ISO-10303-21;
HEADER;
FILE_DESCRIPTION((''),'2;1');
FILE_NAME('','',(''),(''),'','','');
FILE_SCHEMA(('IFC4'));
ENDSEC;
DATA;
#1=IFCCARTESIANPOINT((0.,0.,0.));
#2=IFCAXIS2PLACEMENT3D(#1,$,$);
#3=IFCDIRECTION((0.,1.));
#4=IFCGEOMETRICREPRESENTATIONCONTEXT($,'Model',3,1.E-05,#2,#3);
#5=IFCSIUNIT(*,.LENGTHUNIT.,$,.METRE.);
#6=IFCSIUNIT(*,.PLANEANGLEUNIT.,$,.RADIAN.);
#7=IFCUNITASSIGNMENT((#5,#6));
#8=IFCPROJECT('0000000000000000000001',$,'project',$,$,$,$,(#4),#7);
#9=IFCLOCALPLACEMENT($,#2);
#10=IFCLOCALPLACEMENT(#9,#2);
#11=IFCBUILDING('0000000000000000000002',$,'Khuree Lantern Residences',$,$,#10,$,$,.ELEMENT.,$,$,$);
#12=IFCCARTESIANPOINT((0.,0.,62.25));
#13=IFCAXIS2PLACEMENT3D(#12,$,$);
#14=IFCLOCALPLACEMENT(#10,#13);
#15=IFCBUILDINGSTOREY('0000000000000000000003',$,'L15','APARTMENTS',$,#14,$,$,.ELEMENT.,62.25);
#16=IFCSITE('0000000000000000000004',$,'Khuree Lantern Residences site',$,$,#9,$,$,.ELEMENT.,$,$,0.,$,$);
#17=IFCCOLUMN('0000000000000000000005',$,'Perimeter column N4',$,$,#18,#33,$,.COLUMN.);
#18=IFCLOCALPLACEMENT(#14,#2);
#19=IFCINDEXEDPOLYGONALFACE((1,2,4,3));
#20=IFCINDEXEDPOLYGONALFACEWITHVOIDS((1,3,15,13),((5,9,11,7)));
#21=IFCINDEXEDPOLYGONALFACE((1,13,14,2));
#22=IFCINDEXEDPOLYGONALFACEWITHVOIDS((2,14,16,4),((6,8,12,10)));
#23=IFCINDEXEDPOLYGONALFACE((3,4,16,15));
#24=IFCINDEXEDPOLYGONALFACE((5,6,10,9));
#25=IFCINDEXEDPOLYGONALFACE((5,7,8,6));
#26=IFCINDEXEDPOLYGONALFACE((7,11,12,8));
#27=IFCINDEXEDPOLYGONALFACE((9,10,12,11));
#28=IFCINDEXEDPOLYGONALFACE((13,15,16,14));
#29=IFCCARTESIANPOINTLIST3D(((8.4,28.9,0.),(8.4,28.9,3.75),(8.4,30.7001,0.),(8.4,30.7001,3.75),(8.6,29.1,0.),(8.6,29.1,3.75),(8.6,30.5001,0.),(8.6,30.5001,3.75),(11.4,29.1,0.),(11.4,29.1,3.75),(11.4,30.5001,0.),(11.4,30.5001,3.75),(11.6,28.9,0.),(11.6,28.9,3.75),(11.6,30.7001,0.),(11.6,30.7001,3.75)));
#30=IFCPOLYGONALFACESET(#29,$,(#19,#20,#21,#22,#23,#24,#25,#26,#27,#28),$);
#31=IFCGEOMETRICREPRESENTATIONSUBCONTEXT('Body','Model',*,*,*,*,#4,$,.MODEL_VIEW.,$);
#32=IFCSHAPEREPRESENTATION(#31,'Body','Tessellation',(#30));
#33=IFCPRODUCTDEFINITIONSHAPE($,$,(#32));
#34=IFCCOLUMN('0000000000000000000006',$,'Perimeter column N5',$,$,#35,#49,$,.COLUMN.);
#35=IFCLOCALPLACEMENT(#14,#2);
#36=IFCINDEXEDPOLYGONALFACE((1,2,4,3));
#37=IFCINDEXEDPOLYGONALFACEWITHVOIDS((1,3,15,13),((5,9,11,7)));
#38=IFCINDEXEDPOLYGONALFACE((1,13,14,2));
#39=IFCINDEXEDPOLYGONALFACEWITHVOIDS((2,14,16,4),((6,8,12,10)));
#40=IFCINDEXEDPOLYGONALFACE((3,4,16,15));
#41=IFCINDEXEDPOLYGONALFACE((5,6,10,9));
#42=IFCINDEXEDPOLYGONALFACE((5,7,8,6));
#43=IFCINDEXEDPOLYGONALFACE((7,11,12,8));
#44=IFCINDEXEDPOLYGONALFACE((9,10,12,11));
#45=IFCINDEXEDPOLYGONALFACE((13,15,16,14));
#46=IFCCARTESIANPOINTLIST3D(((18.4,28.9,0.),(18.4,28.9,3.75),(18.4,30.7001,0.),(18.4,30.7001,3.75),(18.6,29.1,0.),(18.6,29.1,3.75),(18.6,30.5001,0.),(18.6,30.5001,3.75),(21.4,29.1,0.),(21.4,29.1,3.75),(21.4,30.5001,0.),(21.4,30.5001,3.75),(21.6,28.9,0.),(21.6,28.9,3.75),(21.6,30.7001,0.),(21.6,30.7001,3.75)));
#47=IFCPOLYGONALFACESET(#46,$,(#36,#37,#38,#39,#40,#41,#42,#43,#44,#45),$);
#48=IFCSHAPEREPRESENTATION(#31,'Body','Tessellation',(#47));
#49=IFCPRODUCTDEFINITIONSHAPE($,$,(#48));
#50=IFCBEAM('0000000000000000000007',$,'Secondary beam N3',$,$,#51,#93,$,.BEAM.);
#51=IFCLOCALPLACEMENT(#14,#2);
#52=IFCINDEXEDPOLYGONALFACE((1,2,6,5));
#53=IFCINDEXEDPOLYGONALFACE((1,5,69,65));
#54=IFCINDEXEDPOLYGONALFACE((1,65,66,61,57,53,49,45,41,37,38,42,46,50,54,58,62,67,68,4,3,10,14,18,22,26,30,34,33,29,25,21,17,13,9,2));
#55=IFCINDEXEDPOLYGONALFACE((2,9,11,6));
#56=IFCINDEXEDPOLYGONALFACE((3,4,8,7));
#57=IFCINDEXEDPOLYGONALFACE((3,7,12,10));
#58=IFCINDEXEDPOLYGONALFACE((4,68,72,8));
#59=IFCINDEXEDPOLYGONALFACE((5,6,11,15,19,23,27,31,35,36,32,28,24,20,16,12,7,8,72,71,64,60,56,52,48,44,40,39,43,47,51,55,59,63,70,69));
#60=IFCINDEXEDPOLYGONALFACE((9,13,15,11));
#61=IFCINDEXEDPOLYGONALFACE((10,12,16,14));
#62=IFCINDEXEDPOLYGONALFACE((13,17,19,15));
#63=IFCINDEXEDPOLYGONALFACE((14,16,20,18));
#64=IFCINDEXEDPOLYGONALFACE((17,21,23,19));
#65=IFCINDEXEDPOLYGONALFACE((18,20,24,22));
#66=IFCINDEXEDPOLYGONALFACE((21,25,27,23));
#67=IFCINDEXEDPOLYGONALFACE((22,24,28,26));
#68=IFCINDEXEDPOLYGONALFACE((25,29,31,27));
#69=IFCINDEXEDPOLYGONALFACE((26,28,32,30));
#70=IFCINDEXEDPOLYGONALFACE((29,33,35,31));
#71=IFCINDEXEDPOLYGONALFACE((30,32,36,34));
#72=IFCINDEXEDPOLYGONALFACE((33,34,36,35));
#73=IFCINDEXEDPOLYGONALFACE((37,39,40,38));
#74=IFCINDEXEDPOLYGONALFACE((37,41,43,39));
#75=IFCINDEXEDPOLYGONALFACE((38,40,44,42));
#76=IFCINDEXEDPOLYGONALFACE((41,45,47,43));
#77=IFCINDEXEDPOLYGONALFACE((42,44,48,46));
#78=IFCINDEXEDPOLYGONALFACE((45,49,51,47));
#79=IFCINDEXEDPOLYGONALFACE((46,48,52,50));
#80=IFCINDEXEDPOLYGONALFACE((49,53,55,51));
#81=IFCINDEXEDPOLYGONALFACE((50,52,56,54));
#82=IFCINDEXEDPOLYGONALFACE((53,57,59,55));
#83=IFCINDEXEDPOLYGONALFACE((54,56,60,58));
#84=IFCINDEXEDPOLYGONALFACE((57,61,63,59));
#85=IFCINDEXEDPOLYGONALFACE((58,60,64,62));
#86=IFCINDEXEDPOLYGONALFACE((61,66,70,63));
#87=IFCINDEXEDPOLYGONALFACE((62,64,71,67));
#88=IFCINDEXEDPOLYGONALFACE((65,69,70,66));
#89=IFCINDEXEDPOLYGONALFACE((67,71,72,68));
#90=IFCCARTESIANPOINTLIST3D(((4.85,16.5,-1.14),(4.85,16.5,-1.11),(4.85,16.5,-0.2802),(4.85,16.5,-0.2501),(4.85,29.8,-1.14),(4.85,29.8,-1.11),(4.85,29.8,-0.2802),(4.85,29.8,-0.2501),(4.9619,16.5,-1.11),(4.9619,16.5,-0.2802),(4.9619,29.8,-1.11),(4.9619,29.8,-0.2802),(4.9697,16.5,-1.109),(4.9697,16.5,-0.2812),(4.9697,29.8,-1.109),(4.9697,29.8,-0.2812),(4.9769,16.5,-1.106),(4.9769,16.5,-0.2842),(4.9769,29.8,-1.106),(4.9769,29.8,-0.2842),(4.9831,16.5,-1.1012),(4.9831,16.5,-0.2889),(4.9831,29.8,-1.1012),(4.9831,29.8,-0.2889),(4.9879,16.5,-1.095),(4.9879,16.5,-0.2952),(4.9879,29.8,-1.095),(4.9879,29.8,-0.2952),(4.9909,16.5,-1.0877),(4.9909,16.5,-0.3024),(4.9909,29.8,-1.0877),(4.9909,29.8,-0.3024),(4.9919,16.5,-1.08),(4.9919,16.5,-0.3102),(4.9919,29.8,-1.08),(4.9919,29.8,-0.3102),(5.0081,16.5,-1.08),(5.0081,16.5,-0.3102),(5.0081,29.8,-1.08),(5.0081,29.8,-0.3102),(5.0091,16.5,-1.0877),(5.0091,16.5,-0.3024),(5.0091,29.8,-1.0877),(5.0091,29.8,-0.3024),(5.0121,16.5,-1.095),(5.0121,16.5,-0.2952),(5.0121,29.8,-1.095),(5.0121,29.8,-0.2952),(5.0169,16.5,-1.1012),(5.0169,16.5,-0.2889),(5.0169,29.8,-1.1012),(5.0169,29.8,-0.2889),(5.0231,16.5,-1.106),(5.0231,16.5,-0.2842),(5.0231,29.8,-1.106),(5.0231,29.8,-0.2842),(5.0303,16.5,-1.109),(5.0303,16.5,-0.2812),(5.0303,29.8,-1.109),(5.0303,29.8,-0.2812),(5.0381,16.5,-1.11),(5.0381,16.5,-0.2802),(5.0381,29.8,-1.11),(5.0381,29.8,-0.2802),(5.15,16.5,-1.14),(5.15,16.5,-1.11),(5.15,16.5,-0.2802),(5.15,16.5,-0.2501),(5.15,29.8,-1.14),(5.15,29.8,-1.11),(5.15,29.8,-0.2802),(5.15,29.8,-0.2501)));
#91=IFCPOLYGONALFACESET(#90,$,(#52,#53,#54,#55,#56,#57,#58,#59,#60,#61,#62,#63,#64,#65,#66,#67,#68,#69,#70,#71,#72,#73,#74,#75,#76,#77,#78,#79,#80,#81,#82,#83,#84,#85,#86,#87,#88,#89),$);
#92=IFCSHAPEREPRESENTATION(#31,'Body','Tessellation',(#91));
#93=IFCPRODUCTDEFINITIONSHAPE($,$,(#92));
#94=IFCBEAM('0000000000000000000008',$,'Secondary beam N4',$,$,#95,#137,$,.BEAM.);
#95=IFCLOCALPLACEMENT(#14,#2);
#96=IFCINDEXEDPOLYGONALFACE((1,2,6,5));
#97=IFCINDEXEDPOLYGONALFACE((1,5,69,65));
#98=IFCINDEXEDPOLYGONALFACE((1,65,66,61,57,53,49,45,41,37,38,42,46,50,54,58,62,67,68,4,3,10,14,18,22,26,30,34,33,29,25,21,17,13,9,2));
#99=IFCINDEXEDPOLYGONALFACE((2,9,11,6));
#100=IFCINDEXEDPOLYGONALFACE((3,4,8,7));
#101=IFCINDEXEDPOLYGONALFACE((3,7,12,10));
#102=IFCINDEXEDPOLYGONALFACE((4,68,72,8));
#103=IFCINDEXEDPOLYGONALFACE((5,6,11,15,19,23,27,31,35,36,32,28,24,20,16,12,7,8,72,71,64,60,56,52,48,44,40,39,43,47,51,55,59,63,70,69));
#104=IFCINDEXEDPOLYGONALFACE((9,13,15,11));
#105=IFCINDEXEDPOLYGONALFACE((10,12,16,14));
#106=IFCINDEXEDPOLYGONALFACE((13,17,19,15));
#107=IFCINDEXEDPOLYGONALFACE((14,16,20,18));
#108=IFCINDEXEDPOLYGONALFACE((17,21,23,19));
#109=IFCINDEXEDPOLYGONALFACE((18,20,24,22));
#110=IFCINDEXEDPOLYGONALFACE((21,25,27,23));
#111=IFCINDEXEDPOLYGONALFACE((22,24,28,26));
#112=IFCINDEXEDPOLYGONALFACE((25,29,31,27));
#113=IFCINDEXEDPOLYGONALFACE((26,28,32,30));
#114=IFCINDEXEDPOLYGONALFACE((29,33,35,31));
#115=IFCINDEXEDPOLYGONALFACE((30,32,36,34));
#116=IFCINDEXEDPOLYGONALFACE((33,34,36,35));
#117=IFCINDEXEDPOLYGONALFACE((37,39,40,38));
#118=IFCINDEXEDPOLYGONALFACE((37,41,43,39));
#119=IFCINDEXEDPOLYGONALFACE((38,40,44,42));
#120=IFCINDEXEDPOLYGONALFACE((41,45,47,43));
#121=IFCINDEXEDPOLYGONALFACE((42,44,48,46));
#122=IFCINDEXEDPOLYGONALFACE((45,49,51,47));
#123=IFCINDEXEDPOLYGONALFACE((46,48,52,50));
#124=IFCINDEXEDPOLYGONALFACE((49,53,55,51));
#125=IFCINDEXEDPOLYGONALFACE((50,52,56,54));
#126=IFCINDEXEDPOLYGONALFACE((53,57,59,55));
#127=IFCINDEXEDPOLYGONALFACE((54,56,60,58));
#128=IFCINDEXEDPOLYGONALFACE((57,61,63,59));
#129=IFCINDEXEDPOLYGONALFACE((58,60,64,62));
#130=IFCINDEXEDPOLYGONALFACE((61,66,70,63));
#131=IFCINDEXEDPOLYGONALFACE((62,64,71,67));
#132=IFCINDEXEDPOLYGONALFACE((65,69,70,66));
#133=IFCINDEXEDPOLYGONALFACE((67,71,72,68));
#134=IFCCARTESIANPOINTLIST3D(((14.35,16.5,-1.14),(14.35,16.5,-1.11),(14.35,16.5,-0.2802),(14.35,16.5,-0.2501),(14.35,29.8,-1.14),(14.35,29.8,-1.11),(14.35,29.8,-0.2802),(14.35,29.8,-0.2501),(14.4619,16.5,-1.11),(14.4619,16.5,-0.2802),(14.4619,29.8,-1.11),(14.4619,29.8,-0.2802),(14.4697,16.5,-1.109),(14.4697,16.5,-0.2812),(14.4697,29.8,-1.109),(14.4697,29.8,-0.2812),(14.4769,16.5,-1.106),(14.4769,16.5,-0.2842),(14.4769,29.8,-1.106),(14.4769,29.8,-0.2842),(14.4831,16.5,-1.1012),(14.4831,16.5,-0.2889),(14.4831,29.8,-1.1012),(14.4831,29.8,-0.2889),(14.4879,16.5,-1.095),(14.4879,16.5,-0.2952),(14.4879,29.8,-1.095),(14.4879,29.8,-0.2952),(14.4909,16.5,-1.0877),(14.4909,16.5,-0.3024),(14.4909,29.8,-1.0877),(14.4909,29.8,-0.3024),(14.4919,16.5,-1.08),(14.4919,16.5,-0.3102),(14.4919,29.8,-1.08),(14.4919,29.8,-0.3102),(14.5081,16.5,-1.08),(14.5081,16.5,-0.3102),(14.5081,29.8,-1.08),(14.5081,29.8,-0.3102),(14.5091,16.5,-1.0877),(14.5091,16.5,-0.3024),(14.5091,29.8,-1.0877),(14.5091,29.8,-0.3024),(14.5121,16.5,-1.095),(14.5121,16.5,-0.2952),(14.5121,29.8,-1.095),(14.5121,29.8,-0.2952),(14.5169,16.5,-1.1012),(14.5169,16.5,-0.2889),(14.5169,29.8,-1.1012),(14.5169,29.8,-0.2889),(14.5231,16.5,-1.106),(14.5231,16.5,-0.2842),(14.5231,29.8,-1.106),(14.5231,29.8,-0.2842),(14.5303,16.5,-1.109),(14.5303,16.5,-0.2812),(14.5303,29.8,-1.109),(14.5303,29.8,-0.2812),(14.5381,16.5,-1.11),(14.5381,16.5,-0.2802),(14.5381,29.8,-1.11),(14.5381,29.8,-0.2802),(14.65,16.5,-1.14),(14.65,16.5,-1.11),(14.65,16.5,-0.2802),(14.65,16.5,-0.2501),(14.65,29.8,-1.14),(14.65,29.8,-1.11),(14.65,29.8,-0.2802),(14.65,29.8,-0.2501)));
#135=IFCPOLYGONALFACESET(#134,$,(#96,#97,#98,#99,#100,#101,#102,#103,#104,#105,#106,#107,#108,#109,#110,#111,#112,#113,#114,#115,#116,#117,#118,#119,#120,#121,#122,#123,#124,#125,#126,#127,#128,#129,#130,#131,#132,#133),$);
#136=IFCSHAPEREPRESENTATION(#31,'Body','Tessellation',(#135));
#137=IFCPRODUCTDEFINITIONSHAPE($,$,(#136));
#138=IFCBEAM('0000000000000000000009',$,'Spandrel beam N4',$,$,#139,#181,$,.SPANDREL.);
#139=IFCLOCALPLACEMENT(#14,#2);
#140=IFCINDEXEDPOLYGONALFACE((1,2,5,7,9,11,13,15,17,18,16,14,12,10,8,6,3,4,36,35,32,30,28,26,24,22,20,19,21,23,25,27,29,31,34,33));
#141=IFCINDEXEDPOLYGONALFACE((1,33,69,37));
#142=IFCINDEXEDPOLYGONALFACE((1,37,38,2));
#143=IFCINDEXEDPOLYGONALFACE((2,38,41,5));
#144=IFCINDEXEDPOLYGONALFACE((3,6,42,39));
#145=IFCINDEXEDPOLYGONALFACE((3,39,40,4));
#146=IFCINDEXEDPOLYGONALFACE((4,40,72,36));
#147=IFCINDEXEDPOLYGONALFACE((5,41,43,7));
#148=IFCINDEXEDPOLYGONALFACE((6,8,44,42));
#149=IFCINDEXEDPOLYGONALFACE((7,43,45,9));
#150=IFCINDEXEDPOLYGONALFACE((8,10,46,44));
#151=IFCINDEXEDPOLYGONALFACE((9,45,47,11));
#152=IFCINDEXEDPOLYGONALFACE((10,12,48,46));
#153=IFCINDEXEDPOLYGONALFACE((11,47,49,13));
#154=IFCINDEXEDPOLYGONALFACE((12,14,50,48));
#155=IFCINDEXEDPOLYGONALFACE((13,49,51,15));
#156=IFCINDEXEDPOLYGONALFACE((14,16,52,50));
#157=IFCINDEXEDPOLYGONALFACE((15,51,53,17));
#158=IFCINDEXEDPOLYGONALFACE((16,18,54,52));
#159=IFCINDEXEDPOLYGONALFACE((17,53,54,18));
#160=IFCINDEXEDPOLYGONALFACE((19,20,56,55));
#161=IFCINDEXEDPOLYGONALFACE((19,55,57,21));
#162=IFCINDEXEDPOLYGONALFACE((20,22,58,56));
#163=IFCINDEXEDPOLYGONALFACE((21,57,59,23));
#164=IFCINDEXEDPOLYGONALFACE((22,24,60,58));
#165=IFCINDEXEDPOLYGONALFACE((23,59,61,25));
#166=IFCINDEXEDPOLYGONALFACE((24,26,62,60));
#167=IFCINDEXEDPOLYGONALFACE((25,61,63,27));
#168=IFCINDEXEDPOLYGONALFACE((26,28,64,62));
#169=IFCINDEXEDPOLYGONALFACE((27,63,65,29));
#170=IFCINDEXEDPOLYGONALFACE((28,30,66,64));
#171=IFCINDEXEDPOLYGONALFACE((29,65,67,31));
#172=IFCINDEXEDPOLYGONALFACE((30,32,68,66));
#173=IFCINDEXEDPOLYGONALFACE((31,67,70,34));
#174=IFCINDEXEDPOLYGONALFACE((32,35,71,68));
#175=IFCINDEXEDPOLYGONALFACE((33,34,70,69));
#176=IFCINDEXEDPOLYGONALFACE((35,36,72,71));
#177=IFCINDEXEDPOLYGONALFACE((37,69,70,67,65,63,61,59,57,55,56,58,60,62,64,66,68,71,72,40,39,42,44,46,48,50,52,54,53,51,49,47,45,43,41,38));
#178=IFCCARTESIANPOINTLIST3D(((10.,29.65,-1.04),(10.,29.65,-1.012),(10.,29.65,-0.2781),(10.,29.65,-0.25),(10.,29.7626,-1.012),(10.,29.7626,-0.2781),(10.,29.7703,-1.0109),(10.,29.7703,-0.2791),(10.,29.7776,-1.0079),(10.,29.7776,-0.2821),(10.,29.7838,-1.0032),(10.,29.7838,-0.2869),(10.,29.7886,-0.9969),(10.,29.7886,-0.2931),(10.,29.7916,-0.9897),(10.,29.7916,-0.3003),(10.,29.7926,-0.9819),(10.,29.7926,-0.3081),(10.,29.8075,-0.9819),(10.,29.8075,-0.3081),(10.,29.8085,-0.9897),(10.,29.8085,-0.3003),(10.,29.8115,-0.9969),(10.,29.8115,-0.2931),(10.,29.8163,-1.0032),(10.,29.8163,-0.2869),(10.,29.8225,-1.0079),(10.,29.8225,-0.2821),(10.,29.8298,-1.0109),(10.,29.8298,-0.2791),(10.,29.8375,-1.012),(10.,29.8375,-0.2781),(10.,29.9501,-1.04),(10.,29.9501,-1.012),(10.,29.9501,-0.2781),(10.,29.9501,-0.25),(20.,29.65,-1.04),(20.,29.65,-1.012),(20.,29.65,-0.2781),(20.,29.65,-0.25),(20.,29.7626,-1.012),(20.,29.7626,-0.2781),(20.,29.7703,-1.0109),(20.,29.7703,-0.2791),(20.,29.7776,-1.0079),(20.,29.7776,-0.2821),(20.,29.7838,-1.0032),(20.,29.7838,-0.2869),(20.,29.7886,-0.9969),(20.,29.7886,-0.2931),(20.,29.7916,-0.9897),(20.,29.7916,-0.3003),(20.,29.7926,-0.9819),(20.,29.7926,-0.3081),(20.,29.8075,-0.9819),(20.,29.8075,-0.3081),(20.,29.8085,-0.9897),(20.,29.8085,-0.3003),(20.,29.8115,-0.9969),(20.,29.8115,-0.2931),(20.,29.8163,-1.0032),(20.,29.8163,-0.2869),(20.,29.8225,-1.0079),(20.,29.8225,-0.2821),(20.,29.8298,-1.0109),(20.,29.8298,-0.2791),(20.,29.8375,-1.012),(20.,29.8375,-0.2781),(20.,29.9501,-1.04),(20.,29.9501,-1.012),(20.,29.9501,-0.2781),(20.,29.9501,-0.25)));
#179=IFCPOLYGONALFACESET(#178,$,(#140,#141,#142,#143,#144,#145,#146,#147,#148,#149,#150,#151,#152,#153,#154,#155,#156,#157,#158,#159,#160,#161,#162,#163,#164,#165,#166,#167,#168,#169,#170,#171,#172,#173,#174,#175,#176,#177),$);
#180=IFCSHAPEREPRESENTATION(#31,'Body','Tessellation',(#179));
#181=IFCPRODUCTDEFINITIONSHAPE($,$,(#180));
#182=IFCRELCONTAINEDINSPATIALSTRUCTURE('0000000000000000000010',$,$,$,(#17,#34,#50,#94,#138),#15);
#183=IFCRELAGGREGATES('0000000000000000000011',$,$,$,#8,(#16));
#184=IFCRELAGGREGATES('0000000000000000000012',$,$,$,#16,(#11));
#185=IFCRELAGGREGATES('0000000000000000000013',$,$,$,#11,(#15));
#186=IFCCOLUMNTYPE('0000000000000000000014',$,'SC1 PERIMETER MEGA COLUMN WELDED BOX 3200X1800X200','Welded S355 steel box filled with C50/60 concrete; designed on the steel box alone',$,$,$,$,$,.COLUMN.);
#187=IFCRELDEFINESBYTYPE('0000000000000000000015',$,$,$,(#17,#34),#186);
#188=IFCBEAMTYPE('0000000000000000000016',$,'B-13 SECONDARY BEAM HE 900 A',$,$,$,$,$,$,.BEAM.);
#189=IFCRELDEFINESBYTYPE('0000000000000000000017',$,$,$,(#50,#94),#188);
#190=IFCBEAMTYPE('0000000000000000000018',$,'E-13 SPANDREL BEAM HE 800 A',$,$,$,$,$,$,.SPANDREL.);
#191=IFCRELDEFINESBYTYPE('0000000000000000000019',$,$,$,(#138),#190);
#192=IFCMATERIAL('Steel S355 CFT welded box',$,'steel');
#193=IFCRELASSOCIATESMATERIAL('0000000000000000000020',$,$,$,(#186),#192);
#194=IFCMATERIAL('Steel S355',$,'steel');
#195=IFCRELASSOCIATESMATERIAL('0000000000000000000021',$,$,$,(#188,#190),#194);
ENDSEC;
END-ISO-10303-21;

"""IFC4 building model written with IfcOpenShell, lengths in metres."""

from ifc_helpers import new_model, si_unit, direction, frame, origin, origin_2d, place, context, subcontext, project, spatial, hollow_rectangle, i_section, extrude, material, material_profile, profile_set, type_object, element, save


model = new_model("IFC4")

# Units and contexts
model_context = context("Model", 3, precision=1e-05, world=origin(), true_north=direction((0.0, 1.0)))
body_context = subcontext(model_context, "Body", "Model", "MODEL_VIEW")
ifc_project = project(units=[si_unit("LENGTHUNIT", "METRE"), si_unit("PLANEANGLEUNIT", "RADIAN")], contexts=[model_context])

# Site, building, storey
site_placement = place(None, origin())
site = spatial("IfcSite", under=ifc_project, at=site_placement, Name="Khuree Lantern Residences site", CompositionType="ELEMENT", RefElevation=0.0)
building_placement = place(site_placement, origin())
building = spatial("IfcBuilding", under=site, at=building_placement, Name="Khuree Lantern Residences", CompositionType="ELEMENT")
storey_placement = place(building_placement, frame((0.0, 0.0, 62.25)))
storey = spatial("IfcBuildingStorey", under=building, at=storey_placement, Name="L15", Description="APARTMENTS", CompositionType="ELEMENT", Elevation=62.25)

# Columns
ifc_material_1 = material(Name="Steel S355 CFT welded box", Category="steel")
ifc_material_profile_1 = material_profile(ifc_material_1, hollow_rectangle(XDim=3.2, YDim=1.8, WallThickness=0.2, at=origin_2d()), Name="WELDED BOX 3200X1800X200")
ifc_profile_set_1 = profile_set([ifc_material_profile_1], Name="Steel S355 CFT welded box")
column_type = type_object("IfcColumnType", Name="SC1 PERIMETER MEGA COLUMN WELDED BOX 3200X1800X200", Description="Welded S355 steel box filled with C50/60 concrete; designed on the steel box alone", PredefinedType="COLUMN", material=ifc_profile_set_1)
for number, where, z_axis, x_axis, name in (
    (1, (10.0, 29.8, 0.0), (0.0, 0.0, 1.0), (1.0, 0.0, 0.0), "Perimeter column N4"),
    (2, (20.0, 29.8, 0.0), (0.0, 0.0, 1.0), (1.0, 0.0, 0.0), "Perimeter column N5"),
):
    element("IfcColumn", number, at=place(storey_placement, frame(where, z_axis=z_axis, x_axis=x_axis)), inside=storey, type_object=column_type, Name=name, PredefinedType="COLUMN", context=body_context, shape_type="SweptSolid", body=[
        extrude(hollow_rectangle(XDim=3.2, YDim=1.8, WallThickness=0.2, at=origin_2d()), origin(), (0.0, 0.0, 1.0), 3.75),
    ])

# Beams
ifc_material_2 = material(Name="Steel S355", Category="steel")
ifc_material_profile_2 = material_profile(ifc_material_2, i_section(OverallWidth=0.3, OverallDepth=0.8899, WebThickness=0.0161, FlangeThickness=0.03, FilletRadius=0.03, at=origin_2d()), Name="HE 900 A")
ifc_profile_set_2 = profile_set([ifc_material_profile_2], Name="Steel S355")
beam_type_1 = type_object("IfcBeamType", Name="B-13 SECONDARY BEAM HE 900 A", PredefinedType="BEAM", material=ifc_profile_set_2)
for number, where, z_axis, x_axis, name in (
    (3, (5.0, 29.8, -0.6951), (0.0, -1.0, 0.0), (1.0, 0.0, 0.0), "Secondary beam N3"),
    (4, (14.5, 29.8, -0.6951), (0.0, -1.0, 0.0), (1.0, 0.0, 0.0), "Secondary beam N4"),
):
    element("IfcBeam", number, at=place(storey_placement, frame(where, z_axis=z_axis, x_axis=x_axis)), inside=storey, type_object=beam_type_1, Name=name, PredefinedType="BEAM", context=body_context, shape_type="SweptSolid", body=[
        extrude(i_section(OverallWidth=0.3, OverallDepth=0.8899, WebThickness=0.0161, FlangeThickness=0.03, FilletRadius=0.03, at=origin_2d()), origin(), (0.0, 0.0, 1.0), 13.3),
    ])
ifc_material_profile_3 = material_profile(ifc_material_2, i_section(OverallWidth=0.3, OverallDepth=0.79, WebThickness=0.0149, FlangeThickness=0.0281, FilletRadius=0.03, at=origin_2d()), Name="HE 800 A")
ifc_profile_set_3 = profile_set([ifc_material_profile_3], Name="Steel S355")
beam_type_2 = type_object("IfcBeamType", Name="E-13 SPANDREL BEAM HE 800 A", PredefinedType="SPANDREL", material=ifc_profile_set_3)
beam_1_placement = place(storey_placement, frame((10.0, 29.8, -0.645), z_axis=(1.0, 0.0, 0.0), x_axis=(0.0, 1.0, 0.0)))
element("IfcBeam", 5, at=beam_1_placement, inside=storey, type_object=beam_type_2, Name="Spandrel beam N4", PredefinedType="SPANDREL", context=body_context, shape_type="SweptSolid", body=[
    extrude(i_section(OverallWidth=0.3, OverallDepth=0.79, WebThickness=0.0149, FlangeThickness=0.0281, FilletRadius=0.03, at=origin_2d()), origin(), (0.0, 0.0, 1.0), 10.0),
])

save(model, "model.ifc")
